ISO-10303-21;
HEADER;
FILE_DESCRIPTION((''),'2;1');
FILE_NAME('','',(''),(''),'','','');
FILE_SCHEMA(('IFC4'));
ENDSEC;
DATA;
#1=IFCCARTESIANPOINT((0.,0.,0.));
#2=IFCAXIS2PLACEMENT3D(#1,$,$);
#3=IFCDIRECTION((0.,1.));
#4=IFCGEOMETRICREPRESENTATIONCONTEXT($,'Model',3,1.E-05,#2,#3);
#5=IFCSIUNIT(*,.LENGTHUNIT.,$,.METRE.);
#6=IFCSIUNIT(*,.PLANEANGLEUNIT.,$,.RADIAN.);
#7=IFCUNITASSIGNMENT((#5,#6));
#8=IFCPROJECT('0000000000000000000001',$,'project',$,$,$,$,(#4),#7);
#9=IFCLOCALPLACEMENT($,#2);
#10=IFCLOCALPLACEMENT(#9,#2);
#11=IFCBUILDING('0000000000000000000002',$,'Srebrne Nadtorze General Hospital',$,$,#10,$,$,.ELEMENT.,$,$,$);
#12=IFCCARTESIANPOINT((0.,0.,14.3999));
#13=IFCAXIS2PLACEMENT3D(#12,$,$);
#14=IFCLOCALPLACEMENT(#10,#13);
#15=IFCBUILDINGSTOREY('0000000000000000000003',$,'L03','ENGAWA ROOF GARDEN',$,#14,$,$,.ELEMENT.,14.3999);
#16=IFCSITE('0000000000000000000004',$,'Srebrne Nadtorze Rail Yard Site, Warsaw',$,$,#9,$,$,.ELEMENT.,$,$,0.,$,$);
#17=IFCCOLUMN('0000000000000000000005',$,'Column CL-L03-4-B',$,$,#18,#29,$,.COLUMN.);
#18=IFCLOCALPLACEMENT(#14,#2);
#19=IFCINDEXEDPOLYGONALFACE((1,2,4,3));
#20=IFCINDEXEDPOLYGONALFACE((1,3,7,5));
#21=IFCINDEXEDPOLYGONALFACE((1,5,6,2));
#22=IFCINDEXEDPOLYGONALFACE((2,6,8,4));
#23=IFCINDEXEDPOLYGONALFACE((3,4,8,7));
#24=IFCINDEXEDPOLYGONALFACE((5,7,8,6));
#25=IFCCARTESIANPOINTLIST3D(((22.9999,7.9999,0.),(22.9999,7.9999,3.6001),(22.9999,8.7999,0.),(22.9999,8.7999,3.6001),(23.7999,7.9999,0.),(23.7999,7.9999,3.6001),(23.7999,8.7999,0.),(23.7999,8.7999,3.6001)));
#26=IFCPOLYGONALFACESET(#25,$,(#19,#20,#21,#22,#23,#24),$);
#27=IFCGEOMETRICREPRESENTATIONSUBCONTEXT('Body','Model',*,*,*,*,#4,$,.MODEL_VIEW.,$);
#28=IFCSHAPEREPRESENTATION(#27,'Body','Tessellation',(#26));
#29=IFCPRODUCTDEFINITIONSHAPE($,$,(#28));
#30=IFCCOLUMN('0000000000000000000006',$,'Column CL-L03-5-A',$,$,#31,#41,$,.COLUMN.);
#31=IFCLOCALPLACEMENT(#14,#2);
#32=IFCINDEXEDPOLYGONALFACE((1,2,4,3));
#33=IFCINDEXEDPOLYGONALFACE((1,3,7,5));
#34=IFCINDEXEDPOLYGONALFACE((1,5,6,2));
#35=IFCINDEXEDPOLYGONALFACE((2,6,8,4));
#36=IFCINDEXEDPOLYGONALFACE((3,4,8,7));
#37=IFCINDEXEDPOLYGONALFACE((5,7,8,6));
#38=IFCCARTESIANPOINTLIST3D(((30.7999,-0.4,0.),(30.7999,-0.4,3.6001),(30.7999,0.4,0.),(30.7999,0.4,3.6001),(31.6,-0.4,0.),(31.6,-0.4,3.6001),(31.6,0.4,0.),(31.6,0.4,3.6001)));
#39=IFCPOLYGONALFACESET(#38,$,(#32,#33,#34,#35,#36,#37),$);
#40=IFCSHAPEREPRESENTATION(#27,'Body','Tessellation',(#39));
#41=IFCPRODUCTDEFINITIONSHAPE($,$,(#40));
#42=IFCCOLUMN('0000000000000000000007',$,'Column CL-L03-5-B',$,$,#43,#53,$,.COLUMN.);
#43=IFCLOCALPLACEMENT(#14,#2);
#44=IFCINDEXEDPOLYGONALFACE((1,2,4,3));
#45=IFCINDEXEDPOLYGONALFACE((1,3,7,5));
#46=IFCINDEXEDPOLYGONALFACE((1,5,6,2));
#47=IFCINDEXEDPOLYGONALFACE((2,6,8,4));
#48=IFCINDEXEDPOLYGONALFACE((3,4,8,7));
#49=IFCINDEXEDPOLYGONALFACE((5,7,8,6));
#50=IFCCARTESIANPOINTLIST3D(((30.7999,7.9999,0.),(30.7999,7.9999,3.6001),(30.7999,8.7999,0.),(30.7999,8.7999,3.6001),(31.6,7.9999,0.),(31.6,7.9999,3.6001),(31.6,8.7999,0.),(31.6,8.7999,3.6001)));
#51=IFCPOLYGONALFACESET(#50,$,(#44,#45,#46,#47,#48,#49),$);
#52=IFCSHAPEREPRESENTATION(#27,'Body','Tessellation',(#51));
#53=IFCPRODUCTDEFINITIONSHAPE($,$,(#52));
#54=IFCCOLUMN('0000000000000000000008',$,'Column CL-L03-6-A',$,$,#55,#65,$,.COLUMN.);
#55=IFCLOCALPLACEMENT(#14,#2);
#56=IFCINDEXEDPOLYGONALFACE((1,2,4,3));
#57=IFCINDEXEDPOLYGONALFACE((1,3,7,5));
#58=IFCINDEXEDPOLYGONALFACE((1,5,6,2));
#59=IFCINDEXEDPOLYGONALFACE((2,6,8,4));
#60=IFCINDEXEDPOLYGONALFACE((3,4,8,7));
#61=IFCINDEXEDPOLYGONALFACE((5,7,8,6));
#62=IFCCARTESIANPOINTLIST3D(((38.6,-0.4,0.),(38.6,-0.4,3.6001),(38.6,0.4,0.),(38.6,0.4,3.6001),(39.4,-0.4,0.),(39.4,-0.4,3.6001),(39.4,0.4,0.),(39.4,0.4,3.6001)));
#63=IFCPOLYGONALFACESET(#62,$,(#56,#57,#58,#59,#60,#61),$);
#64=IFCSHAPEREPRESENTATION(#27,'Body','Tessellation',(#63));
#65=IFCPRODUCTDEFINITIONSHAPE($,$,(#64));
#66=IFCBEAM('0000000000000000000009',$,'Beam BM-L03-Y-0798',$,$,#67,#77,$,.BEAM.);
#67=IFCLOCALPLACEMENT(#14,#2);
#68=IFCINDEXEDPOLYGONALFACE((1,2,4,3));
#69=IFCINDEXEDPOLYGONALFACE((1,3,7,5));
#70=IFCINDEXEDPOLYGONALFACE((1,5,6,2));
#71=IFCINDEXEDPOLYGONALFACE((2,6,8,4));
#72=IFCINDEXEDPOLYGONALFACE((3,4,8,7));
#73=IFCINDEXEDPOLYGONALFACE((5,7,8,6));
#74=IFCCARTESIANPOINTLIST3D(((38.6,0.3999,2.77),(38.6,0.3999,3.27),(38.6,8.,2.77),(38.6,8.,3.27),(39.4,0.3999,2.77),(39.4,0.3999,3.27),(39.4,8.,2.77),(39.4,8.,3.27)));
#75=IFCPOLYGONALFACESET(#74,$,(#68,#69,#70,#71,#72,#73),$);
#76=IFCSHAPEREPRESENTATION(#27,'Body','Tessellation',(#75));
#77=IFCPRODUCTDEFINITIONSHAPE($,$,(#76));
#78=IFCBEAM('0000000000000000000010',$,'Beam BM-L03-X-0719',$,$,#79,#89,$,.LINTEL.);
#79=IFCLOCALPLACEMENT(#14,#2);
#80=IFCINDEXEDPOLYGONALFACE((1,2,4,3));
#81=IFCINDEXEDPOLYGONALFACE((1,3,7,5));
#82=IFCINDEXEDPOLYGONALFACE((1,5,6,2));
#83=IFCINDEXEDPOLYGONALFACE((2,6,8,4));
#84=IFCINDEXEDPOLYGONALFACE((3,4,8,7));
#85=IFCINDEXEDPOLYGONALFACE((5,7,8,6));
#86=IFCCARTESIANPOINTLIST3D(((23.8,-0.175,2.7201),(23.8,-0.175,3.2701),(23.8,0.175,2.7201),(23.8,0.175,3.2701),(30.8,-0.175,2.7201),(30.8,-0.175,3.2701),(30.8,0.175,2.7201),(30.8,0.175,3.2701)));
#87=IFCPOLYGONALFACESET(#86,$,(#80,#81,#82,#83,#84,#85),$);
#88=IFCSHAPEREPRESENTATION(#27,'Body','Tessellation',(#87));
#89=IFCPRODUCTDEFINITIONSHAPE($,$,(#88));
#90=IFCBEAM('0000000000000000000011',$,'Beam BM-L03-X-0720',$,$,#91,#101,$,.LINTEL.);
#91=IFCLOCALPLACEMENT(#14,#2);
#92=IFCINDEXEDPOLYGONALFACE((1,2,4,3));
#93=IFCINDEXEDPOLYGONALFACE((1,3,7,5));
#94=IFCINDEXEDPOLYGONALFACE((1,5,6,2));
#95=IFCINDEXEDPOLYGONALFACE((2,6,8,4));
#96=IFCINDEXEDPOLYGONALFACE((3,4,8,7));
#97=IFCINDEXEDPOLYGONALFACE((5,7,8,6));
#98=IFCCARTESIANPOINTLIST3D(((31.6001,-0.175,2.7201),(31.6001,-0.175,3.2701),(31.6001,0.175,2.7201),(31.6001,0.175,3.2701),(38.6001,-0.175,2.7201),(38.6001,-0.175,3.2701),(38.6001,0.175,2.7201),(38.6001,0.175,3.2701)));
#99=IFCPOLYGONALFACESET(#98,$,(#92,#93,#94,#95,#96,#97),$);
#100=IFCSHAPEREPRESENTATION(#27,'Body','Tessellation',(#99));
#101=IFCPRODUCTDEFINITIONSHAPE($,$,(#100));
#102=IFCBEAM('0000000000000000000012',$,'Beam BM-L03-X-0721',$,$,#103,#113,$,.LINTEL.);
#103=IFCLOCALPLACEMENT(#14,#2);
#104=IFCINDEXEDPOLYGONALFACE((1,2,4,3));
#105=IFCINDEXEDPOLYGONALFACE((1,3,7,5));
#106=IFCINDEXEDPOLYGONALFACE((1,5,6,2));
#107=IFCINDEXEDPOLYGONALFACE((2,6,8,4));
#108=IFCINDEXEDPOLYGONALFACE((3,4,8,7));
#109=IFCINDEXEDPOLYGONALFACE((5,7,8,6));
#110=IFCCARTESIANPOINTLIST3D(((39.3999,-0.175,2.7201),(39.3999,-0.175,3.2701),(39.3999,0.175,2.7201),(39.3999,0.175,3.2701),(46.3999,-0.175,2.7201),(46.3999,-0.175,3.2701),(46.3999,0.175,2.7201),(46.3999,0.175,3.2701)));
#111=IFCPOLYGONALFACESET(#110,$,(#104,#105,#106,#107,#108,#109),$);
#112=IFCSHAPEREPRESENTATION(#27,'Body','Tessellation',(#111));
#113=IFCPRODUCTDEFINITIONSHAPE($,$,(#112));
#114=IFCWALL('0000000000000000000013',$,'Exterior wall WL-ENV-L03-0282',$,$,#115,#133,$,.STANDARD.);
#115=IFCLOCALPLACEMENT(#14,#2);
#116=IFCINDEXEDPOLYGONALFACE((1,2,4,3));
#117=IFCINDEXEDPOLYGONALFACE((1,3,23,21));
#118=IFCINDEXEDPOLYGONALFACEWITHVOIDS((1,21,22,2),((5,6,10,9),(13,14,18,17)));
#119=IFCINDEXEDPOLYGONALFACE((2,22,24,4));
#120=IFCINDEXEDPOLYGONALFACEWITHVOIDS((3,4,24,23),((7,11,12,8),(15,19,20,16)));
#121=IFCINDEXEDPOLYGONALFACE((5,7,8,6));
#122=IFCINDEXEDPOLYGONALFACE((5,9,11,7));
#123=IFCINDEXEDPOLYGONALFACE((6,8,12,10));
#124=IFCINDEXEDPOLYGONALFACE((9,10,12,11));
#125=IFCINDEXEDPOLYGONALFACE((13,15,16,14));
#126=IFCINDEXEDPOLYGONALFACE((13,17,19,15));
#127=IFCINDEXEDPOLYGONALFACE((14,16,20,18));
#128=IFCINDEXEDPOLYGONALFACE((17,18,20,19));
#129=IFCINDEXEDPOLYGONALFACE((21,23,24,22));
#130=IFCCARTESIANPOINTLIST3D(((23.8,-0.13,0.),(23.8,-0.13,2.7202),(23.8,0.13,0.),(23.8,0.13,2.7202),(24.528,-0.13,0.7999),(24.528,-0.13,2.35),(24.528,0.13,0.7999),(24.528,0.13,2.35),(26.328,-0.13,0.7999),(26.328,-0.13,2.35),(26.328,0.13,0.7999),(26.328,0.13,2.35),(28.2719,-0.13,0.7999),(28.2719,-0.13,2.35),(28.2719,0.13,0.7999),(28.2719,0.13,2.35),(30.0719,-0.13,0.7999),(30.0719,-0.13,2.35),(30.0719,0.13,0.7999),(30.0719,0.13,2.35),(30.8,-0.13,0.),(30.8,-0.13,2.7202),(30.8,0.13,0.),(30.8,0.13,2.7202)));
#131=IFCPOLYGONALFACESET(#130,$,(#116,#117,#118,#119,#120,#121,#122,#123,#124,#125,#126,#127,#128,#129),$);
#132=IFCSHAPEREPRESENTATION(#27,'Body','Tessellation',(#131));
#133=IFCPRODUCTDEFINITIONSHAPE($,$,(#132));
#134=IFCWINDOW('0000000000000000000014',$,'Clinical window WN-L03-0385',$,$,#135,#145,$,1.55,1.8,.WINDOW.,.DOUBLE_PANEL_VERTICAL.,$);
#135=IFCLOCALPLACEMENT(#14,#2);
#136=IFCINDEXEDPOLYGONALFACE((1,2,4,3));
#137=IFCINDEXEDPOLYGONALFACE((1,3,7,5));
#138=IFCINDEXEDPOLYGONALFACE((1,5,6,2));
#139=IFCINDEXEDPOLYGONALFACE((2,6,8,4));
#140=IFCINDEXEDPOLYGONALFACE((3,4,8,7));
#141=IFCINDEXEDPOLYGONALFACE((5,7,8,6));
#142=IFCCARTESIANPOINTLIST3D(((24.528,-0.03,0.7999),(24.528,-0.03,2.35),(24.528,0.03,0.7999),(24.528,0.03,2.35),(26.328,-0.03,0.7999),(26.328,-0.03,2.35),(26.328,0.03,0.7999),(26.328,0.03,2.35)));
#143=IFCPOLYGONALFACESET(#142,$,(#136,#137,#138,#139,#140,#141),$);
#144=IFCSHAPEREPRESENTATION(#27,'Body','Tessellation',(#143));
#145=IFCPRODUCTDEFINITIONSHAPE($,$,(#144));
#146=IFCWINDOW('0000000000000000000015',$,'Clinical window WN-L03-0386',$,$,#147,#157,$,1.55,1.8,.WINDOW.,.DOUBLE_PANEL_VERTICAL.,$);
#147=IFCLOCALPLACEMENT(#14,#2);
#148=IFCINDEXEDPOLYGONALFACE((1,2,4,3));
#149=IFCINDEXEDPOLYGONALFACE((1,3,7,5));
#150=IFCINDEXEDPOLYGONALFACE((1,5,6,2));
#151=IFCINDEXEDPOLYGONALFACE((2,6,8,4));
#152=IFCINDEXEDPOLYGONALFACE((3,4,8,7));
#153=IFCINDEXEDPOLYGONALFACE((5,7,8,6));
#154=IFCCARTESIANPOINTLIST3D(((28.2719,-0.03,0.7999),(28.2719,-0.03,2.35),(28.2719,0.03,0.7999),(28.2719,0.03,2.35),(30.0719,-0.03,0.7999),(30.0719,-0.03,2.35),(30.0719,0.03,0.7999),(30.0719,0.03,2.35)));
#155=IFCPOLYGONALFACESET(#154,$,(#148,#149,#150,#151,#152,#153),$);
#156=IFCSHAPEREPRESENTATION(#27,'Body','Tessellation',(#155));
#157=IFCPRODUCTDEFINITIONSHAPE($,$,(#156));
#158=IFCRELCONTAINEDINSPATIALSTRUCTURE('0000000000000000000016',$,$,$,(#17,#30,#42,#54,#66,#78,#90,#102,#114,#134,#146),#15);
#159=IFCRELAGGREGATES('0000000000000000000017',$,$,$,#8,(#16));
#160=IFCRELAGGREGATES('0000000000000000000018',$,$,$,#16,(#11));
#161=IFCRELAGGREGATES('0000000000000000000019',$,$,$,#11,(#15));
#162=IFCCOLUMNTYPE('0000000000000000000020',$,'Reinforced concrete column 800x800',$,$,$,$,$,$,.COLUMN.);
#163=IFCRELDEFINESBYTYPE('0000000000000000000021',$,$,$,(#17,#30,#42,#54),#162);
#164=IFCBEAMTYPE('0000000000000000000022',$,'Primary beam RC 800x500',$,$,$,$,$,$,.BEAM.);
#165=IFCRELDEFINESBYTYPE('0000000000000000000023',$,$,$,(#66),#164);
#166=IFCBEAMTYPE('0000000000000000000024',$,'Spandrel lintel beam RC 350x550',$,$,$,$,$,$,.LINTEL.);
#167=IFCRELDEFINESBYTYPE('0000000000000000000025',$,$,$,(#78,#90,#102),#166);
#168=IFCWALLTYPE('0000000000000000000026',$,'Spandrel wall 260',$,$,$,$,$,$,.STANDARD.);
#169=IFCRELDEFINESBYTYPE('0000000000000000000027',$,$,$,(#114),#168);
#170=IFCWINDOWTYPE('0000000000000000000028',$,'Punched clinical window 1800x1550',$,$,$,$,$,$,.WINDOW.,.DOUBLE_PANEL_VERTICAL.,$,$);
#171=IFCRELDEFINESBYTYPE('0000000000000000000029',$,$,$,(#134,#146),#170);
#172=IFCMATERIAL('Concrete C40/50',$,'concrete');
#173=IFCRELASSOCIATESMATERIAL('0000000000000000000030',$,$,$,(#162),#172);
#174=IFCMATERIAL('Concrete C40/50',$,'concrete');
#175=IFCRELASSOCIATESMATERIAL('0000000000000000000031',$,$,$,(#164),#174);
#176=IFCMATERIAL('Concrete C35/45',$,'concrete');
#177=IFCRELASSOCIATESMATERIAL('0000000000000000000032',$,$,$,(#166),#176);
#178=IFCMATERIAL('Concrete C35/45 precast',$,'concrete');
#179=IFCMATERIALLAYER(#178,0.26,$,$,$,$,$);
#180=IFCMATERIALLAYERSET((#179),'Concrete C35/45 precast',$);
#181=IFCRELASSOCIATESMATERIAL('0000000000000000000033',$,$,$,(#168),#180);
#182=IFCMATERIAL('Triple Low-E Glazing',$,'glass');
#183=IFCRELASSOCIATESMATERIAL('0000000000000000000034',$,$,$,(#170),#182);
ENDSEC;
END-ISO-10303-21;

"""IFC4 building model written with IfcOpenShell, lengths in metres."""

from ifc_helpers import new_model, si_unit, direction, frame, frame_2d, origin, origin_2d, place, context, subcontext, project, spatial, rectangle, extrude, material, layer, layer_set, material_profile, profile_set, type_object, element, fill, save


model = new_model("IFC4")

# Units and contexts
model_context = context("Model", 3, precision=1e-05, world=origin(), true_north=direction((0.0, 1.0)))
body_context = subcontext(model_context, "Body", "Model", "MODEL_VIEW")
ifc_project = project(units=[si_unit("LENGTHUNIT", "METRE"), si_unit("PLANEANGLEUNIT", "RADIAN")], contexts=[model_context])

# Site, building, storey
site_placement = place(None, origin())
site = spatial("IfcSite", under=ifc_project, at=site_placement, Name="Srebrne Nadtorze Rail Yard Site, Warsaw", CompositionType="ELEMENT", RefElevation=0.0)
building_placement = place(site_placement, origin())
building = spatial("IfcBuilding", under=site, at=building_placement, Name="Srebrne Nadtorze General Hospital", CompositionType="ELEMENT")
storey_placement = place(building_placement, frame((0.0, 0.0, 14.3999)))
storey = spatial("IfcBuildingStorey", under=building, at=storey_placement, Name="L03", Description="ENGAWA ROOF GARDEN", CompositionType="ELEMENT", Elevation=14.3999)

# Columns
ifc_material_1 = material(Name="Concrete C40/50", Category="concrete")
ifc_material_profile_1 = material_profile(ifc_material_1, rectangle(XDim=0.8, YDim=0.8, at=origin_2d()), Name="RC-COL-800x800")
ifc_profile_set_1 = profile_set([ifc_material_profile_1], Name="Concrete C40/50")
column_type = type_object("IfcColumnType", Name="Reinforced concrete column 800x800", PredefinedType="COLUMN", material=ifc_profile_set_1)
for number, where, z_axis, x_axis, name in (
    (1, (23.3999, 8.3999, 0.0), (0.0, 0.0, 1.0), (1.0, 0.0, 0.0), "Column CL-L03-4-B"),
    (2, (31.2, 0.0, 0.0), (0.0, 0.0, 1.0), (1.0, 0.0, 0.0), "Column CL-L03-5-A"),
    (3, (31.2, 8.3999, 0.0), (0.0, 0.0, 1.0), (1.0, 0.0, 0.0), "Column CL-L03-5-B"),
    (4, (39.0, 0.0, 0.0), (0.0, 0.0, 1.0), (1.0, 0.0, 0.0), "Column CL-L03-6-A"),
):
    element("IfcColumn", number, at=place(storey_placement, frame(where, z_axis=z_axis, x_axis=x_axis)), inside=storey, type_object=column_type, Name=name, PredefinedType="COLUMN", context=body_context, shape_type="SweptSolid", body=[
        extrude(rectangle(XDim=0.8, YDim=0.8, at=origin_2d()), origin(), (0.0, 0.0, 1.0), 3.6001),
    ])

# Beams
ifc_material_2 = material(Name="Concrete C40/50", Category="concrete")
ifc_material_profile_2 = material_profile(ifc_material_2, rectangle(XDim=0.8, YDim=0.5, at=origin_2d()), Name="RC-BM-800x500")
ifc_profile_set_2 = profile_set([ifc_material_profile_2], Name="Concrete C40/50")
beam_type_1 = type_object("IfcBeamType", Name="Primary beam RC 800x500", PredefinedType="BEAM", material=ifc_profile_set_2)
beam_placement = place(storey_placement, frame((39.0, 0.3999, 3.02), z_axis=(0.0, 1.0, 0.0), x_axis=(-1.0, 0.0, 0.0)))
element("IfcBeam", 5, at=beam_placement, inside=storey, type_object=beam_type_1, Name="Beam BM-L03-Y-0798", PredefinedType="BEAM", context=body_context, shape_type="SweptSolid", body=[
    extrude(rectangle(XDim=0.8, YDim=0.5, at=origin_2d()), origin(), (0.0, 0.0, 1.0), 7.6001),
])
ifc_material_3 = material(Name="Concrete C35/45", Category="concrete")
ifc_material_profile_3 = material_profile(ifc_material_3, rectangle(XDim=0.3501, YDim=0.55, at=origin_2d()), Name="RC-BM-350x550")
ifc_profile_set_3 = profile_set([ifc_material_profile_3], Name="Concrete C35/45")
beam_type_2 = type_object("IfcBeamType", Name="Spandrel lintel beam RC 350x550", PredefinedType="LINTEL", material=ifc_profile_set_3)
for number, where, z_axis, x_axis, name in (
    (6, (23.8, 0.0, 2.9951), (1.0, 0.0, 0.0), (0.0, 1.0, 0.0), "Beam BM-L03-X-0719"),
    (7, (31.6001, 0.0, 2.9951), (1.0, 0.0, 0.0), (0.0, 1.0, 0.0), "Beam BM-L03-X-0720"),
    (8, (39.3999, 0.0, 2.9951), (1.0, 0.0, 0.0), (0.0, 1.0, 0.0), "Beam BM-L03-X-0721"),
):
    element("IfcBeam", number, at=place(storey_placement, frame(where, z_axis=z_axis, x_axis=x_axis)), inside=storey, type_object=beam_type_2, Name=name, PredefinedType="LINTEL", context=body_context, shape_type="SweptSolid", body=[
        extrude(rectangle(XDim=0.3501, YDim=0.55, at=origin_2d()), origin(), (0.0, 0.0, 1.0), 7.0),
    ])

# Wall, openings, windows
ifc_material_4 = material(Name="Concrete C35/45 precast", Category="concrete")
ifc_layer_1 = layer(ifc_material_4, 0.26)
ifc_layer_set_1 = layer_set([ifc_layer_1], Name="Concrete C35/45 precast")
wall_type = type_object("IfcWallType", Name="Spandrel wall 260", PredefinedType="STANDARD", material=ifc_layer_set_1)
wall_1_placement = place(storey_placement, frame((23.8, 0.0, 0.0), z_axis=(0.0, 0.0, 1.0), x_axis=(1.0, 0.0, 0.0)))
wall_1 = element("IfcWall", 9, at=wall_1_placement, inside=storey, type_object=wall_type, Name="Exterior wall WL-ENV-L03-0282", PredefinedType="STANDARD", context=body_context, shape_type="SweptSolid", body=[
    extrude(rectangle(XDim=7.0, YDim=0.26, at=frame_2d((3.5, 0.0))), origin(), (0.0, 0.0, 1.0), 2.7202),
])
opening_1_placement = place(wall_1_placement, frame((0.728, 0.0, 0.8)))
opening_1 = element("IfcOpeningElement", 10, at=opening_1_placement, cuts=wall_1, PredefinedType="OPENING", context=body_context, shape_type="SweptSolid", body=[
    extrude(rectangle(XDim=1.8, YDim=1.55, at=frame_2d((0.8999, 0.7749))), frame((0.0, 0.1421, 0.0), z_axis=(0.0, -1.0, 0.0), x_axis=(1.0, 0.0, 0.0)), (0.0, 0.0, 1.0), 0.2839),
])
opening_2_placement = place(wall_1_placement, frame((4.4719, 0.0, 0.8)))
opening_2 = element("IfcOpeningElement", 11, at=opening_2_placement, cuts=wall_1, PredefinedType="OPENING", context=body_context, shape_type="SweptSolid", body=[
    extrude(rectangle(XDim=1.8, YDim=1.55, at=frame_2d((0.8999, 0.7749))), frame((0.0, 0.1421, 0.0), z_axis=(0.0, -1.0, 0.0), x_axis=(1.0, 0.0, 0.0)), (0.0, 0.0, 1.0), 0.2839),
])
ifc_material_5 = material(Name="Triple Low-E Glazing", Category="glass")
window_type_1 = type_object("IfcWindowType", Name="Punched clinical window 1800x1550", PartitioningType="DOUBLE_PANEL_VERTICAL", PredefinedType="WINDOW", material=ifc_material_5)
window_1_placement = place(opening_1_placement, origin())
window_1 = element("IfcWindow", 12, at=window_1_placement, inside=storey, type_object=window_type_1, Name="Clinical window WN-L03-0385", OverallHeight=1.55, OverallWidth=1.8, PartitioningType="DOUBLE_PANEL_VERTICAL", PredefinedType="WINDOW", context=body_context, shape_type="SweptSolid", body=[
    extrude(rectangle(XDim=1.8, YDim=1.55, at=frame_2d((0.8999, 0.7749))), frame((0.0, 0.03, 0.0), z_axis=(0.0, -1.0, 0.0), x_axis=(1.0, 0.0, 0.0)), (0.0, 0.0, 1.0), 0.0601),
])
fill(opening_1, window_1)
window_2_placement = place(opening_2_placement, origin())
window_2 = element("IfcWindow", 13, at=window_2_placement, inside=storey, type_object=window_type_1, Name="Clinical window WN-L03-0386", OverallHeight=1.55, OverallWidth=1.8, PartitioningType="DOUBLE_PANEL_VERTICAL", PredefinedType="WINDOW", context=body_context, shape_type="SweptSolid", body=[
    extrude(rectangle(XDim=1.8, YDim=1.55, at=frame_2d((0.8999, 0.7749))), frame((0.0, 0.03, 0.0), z_axis=(0.0, -1.0, 0.0), x_axis=(1.0, 0.0, 0.0)), (0.0, 0.0, 1.0), 0.0601),
])
fill(opening_2, window_2)

save(model, "model.ifc")
